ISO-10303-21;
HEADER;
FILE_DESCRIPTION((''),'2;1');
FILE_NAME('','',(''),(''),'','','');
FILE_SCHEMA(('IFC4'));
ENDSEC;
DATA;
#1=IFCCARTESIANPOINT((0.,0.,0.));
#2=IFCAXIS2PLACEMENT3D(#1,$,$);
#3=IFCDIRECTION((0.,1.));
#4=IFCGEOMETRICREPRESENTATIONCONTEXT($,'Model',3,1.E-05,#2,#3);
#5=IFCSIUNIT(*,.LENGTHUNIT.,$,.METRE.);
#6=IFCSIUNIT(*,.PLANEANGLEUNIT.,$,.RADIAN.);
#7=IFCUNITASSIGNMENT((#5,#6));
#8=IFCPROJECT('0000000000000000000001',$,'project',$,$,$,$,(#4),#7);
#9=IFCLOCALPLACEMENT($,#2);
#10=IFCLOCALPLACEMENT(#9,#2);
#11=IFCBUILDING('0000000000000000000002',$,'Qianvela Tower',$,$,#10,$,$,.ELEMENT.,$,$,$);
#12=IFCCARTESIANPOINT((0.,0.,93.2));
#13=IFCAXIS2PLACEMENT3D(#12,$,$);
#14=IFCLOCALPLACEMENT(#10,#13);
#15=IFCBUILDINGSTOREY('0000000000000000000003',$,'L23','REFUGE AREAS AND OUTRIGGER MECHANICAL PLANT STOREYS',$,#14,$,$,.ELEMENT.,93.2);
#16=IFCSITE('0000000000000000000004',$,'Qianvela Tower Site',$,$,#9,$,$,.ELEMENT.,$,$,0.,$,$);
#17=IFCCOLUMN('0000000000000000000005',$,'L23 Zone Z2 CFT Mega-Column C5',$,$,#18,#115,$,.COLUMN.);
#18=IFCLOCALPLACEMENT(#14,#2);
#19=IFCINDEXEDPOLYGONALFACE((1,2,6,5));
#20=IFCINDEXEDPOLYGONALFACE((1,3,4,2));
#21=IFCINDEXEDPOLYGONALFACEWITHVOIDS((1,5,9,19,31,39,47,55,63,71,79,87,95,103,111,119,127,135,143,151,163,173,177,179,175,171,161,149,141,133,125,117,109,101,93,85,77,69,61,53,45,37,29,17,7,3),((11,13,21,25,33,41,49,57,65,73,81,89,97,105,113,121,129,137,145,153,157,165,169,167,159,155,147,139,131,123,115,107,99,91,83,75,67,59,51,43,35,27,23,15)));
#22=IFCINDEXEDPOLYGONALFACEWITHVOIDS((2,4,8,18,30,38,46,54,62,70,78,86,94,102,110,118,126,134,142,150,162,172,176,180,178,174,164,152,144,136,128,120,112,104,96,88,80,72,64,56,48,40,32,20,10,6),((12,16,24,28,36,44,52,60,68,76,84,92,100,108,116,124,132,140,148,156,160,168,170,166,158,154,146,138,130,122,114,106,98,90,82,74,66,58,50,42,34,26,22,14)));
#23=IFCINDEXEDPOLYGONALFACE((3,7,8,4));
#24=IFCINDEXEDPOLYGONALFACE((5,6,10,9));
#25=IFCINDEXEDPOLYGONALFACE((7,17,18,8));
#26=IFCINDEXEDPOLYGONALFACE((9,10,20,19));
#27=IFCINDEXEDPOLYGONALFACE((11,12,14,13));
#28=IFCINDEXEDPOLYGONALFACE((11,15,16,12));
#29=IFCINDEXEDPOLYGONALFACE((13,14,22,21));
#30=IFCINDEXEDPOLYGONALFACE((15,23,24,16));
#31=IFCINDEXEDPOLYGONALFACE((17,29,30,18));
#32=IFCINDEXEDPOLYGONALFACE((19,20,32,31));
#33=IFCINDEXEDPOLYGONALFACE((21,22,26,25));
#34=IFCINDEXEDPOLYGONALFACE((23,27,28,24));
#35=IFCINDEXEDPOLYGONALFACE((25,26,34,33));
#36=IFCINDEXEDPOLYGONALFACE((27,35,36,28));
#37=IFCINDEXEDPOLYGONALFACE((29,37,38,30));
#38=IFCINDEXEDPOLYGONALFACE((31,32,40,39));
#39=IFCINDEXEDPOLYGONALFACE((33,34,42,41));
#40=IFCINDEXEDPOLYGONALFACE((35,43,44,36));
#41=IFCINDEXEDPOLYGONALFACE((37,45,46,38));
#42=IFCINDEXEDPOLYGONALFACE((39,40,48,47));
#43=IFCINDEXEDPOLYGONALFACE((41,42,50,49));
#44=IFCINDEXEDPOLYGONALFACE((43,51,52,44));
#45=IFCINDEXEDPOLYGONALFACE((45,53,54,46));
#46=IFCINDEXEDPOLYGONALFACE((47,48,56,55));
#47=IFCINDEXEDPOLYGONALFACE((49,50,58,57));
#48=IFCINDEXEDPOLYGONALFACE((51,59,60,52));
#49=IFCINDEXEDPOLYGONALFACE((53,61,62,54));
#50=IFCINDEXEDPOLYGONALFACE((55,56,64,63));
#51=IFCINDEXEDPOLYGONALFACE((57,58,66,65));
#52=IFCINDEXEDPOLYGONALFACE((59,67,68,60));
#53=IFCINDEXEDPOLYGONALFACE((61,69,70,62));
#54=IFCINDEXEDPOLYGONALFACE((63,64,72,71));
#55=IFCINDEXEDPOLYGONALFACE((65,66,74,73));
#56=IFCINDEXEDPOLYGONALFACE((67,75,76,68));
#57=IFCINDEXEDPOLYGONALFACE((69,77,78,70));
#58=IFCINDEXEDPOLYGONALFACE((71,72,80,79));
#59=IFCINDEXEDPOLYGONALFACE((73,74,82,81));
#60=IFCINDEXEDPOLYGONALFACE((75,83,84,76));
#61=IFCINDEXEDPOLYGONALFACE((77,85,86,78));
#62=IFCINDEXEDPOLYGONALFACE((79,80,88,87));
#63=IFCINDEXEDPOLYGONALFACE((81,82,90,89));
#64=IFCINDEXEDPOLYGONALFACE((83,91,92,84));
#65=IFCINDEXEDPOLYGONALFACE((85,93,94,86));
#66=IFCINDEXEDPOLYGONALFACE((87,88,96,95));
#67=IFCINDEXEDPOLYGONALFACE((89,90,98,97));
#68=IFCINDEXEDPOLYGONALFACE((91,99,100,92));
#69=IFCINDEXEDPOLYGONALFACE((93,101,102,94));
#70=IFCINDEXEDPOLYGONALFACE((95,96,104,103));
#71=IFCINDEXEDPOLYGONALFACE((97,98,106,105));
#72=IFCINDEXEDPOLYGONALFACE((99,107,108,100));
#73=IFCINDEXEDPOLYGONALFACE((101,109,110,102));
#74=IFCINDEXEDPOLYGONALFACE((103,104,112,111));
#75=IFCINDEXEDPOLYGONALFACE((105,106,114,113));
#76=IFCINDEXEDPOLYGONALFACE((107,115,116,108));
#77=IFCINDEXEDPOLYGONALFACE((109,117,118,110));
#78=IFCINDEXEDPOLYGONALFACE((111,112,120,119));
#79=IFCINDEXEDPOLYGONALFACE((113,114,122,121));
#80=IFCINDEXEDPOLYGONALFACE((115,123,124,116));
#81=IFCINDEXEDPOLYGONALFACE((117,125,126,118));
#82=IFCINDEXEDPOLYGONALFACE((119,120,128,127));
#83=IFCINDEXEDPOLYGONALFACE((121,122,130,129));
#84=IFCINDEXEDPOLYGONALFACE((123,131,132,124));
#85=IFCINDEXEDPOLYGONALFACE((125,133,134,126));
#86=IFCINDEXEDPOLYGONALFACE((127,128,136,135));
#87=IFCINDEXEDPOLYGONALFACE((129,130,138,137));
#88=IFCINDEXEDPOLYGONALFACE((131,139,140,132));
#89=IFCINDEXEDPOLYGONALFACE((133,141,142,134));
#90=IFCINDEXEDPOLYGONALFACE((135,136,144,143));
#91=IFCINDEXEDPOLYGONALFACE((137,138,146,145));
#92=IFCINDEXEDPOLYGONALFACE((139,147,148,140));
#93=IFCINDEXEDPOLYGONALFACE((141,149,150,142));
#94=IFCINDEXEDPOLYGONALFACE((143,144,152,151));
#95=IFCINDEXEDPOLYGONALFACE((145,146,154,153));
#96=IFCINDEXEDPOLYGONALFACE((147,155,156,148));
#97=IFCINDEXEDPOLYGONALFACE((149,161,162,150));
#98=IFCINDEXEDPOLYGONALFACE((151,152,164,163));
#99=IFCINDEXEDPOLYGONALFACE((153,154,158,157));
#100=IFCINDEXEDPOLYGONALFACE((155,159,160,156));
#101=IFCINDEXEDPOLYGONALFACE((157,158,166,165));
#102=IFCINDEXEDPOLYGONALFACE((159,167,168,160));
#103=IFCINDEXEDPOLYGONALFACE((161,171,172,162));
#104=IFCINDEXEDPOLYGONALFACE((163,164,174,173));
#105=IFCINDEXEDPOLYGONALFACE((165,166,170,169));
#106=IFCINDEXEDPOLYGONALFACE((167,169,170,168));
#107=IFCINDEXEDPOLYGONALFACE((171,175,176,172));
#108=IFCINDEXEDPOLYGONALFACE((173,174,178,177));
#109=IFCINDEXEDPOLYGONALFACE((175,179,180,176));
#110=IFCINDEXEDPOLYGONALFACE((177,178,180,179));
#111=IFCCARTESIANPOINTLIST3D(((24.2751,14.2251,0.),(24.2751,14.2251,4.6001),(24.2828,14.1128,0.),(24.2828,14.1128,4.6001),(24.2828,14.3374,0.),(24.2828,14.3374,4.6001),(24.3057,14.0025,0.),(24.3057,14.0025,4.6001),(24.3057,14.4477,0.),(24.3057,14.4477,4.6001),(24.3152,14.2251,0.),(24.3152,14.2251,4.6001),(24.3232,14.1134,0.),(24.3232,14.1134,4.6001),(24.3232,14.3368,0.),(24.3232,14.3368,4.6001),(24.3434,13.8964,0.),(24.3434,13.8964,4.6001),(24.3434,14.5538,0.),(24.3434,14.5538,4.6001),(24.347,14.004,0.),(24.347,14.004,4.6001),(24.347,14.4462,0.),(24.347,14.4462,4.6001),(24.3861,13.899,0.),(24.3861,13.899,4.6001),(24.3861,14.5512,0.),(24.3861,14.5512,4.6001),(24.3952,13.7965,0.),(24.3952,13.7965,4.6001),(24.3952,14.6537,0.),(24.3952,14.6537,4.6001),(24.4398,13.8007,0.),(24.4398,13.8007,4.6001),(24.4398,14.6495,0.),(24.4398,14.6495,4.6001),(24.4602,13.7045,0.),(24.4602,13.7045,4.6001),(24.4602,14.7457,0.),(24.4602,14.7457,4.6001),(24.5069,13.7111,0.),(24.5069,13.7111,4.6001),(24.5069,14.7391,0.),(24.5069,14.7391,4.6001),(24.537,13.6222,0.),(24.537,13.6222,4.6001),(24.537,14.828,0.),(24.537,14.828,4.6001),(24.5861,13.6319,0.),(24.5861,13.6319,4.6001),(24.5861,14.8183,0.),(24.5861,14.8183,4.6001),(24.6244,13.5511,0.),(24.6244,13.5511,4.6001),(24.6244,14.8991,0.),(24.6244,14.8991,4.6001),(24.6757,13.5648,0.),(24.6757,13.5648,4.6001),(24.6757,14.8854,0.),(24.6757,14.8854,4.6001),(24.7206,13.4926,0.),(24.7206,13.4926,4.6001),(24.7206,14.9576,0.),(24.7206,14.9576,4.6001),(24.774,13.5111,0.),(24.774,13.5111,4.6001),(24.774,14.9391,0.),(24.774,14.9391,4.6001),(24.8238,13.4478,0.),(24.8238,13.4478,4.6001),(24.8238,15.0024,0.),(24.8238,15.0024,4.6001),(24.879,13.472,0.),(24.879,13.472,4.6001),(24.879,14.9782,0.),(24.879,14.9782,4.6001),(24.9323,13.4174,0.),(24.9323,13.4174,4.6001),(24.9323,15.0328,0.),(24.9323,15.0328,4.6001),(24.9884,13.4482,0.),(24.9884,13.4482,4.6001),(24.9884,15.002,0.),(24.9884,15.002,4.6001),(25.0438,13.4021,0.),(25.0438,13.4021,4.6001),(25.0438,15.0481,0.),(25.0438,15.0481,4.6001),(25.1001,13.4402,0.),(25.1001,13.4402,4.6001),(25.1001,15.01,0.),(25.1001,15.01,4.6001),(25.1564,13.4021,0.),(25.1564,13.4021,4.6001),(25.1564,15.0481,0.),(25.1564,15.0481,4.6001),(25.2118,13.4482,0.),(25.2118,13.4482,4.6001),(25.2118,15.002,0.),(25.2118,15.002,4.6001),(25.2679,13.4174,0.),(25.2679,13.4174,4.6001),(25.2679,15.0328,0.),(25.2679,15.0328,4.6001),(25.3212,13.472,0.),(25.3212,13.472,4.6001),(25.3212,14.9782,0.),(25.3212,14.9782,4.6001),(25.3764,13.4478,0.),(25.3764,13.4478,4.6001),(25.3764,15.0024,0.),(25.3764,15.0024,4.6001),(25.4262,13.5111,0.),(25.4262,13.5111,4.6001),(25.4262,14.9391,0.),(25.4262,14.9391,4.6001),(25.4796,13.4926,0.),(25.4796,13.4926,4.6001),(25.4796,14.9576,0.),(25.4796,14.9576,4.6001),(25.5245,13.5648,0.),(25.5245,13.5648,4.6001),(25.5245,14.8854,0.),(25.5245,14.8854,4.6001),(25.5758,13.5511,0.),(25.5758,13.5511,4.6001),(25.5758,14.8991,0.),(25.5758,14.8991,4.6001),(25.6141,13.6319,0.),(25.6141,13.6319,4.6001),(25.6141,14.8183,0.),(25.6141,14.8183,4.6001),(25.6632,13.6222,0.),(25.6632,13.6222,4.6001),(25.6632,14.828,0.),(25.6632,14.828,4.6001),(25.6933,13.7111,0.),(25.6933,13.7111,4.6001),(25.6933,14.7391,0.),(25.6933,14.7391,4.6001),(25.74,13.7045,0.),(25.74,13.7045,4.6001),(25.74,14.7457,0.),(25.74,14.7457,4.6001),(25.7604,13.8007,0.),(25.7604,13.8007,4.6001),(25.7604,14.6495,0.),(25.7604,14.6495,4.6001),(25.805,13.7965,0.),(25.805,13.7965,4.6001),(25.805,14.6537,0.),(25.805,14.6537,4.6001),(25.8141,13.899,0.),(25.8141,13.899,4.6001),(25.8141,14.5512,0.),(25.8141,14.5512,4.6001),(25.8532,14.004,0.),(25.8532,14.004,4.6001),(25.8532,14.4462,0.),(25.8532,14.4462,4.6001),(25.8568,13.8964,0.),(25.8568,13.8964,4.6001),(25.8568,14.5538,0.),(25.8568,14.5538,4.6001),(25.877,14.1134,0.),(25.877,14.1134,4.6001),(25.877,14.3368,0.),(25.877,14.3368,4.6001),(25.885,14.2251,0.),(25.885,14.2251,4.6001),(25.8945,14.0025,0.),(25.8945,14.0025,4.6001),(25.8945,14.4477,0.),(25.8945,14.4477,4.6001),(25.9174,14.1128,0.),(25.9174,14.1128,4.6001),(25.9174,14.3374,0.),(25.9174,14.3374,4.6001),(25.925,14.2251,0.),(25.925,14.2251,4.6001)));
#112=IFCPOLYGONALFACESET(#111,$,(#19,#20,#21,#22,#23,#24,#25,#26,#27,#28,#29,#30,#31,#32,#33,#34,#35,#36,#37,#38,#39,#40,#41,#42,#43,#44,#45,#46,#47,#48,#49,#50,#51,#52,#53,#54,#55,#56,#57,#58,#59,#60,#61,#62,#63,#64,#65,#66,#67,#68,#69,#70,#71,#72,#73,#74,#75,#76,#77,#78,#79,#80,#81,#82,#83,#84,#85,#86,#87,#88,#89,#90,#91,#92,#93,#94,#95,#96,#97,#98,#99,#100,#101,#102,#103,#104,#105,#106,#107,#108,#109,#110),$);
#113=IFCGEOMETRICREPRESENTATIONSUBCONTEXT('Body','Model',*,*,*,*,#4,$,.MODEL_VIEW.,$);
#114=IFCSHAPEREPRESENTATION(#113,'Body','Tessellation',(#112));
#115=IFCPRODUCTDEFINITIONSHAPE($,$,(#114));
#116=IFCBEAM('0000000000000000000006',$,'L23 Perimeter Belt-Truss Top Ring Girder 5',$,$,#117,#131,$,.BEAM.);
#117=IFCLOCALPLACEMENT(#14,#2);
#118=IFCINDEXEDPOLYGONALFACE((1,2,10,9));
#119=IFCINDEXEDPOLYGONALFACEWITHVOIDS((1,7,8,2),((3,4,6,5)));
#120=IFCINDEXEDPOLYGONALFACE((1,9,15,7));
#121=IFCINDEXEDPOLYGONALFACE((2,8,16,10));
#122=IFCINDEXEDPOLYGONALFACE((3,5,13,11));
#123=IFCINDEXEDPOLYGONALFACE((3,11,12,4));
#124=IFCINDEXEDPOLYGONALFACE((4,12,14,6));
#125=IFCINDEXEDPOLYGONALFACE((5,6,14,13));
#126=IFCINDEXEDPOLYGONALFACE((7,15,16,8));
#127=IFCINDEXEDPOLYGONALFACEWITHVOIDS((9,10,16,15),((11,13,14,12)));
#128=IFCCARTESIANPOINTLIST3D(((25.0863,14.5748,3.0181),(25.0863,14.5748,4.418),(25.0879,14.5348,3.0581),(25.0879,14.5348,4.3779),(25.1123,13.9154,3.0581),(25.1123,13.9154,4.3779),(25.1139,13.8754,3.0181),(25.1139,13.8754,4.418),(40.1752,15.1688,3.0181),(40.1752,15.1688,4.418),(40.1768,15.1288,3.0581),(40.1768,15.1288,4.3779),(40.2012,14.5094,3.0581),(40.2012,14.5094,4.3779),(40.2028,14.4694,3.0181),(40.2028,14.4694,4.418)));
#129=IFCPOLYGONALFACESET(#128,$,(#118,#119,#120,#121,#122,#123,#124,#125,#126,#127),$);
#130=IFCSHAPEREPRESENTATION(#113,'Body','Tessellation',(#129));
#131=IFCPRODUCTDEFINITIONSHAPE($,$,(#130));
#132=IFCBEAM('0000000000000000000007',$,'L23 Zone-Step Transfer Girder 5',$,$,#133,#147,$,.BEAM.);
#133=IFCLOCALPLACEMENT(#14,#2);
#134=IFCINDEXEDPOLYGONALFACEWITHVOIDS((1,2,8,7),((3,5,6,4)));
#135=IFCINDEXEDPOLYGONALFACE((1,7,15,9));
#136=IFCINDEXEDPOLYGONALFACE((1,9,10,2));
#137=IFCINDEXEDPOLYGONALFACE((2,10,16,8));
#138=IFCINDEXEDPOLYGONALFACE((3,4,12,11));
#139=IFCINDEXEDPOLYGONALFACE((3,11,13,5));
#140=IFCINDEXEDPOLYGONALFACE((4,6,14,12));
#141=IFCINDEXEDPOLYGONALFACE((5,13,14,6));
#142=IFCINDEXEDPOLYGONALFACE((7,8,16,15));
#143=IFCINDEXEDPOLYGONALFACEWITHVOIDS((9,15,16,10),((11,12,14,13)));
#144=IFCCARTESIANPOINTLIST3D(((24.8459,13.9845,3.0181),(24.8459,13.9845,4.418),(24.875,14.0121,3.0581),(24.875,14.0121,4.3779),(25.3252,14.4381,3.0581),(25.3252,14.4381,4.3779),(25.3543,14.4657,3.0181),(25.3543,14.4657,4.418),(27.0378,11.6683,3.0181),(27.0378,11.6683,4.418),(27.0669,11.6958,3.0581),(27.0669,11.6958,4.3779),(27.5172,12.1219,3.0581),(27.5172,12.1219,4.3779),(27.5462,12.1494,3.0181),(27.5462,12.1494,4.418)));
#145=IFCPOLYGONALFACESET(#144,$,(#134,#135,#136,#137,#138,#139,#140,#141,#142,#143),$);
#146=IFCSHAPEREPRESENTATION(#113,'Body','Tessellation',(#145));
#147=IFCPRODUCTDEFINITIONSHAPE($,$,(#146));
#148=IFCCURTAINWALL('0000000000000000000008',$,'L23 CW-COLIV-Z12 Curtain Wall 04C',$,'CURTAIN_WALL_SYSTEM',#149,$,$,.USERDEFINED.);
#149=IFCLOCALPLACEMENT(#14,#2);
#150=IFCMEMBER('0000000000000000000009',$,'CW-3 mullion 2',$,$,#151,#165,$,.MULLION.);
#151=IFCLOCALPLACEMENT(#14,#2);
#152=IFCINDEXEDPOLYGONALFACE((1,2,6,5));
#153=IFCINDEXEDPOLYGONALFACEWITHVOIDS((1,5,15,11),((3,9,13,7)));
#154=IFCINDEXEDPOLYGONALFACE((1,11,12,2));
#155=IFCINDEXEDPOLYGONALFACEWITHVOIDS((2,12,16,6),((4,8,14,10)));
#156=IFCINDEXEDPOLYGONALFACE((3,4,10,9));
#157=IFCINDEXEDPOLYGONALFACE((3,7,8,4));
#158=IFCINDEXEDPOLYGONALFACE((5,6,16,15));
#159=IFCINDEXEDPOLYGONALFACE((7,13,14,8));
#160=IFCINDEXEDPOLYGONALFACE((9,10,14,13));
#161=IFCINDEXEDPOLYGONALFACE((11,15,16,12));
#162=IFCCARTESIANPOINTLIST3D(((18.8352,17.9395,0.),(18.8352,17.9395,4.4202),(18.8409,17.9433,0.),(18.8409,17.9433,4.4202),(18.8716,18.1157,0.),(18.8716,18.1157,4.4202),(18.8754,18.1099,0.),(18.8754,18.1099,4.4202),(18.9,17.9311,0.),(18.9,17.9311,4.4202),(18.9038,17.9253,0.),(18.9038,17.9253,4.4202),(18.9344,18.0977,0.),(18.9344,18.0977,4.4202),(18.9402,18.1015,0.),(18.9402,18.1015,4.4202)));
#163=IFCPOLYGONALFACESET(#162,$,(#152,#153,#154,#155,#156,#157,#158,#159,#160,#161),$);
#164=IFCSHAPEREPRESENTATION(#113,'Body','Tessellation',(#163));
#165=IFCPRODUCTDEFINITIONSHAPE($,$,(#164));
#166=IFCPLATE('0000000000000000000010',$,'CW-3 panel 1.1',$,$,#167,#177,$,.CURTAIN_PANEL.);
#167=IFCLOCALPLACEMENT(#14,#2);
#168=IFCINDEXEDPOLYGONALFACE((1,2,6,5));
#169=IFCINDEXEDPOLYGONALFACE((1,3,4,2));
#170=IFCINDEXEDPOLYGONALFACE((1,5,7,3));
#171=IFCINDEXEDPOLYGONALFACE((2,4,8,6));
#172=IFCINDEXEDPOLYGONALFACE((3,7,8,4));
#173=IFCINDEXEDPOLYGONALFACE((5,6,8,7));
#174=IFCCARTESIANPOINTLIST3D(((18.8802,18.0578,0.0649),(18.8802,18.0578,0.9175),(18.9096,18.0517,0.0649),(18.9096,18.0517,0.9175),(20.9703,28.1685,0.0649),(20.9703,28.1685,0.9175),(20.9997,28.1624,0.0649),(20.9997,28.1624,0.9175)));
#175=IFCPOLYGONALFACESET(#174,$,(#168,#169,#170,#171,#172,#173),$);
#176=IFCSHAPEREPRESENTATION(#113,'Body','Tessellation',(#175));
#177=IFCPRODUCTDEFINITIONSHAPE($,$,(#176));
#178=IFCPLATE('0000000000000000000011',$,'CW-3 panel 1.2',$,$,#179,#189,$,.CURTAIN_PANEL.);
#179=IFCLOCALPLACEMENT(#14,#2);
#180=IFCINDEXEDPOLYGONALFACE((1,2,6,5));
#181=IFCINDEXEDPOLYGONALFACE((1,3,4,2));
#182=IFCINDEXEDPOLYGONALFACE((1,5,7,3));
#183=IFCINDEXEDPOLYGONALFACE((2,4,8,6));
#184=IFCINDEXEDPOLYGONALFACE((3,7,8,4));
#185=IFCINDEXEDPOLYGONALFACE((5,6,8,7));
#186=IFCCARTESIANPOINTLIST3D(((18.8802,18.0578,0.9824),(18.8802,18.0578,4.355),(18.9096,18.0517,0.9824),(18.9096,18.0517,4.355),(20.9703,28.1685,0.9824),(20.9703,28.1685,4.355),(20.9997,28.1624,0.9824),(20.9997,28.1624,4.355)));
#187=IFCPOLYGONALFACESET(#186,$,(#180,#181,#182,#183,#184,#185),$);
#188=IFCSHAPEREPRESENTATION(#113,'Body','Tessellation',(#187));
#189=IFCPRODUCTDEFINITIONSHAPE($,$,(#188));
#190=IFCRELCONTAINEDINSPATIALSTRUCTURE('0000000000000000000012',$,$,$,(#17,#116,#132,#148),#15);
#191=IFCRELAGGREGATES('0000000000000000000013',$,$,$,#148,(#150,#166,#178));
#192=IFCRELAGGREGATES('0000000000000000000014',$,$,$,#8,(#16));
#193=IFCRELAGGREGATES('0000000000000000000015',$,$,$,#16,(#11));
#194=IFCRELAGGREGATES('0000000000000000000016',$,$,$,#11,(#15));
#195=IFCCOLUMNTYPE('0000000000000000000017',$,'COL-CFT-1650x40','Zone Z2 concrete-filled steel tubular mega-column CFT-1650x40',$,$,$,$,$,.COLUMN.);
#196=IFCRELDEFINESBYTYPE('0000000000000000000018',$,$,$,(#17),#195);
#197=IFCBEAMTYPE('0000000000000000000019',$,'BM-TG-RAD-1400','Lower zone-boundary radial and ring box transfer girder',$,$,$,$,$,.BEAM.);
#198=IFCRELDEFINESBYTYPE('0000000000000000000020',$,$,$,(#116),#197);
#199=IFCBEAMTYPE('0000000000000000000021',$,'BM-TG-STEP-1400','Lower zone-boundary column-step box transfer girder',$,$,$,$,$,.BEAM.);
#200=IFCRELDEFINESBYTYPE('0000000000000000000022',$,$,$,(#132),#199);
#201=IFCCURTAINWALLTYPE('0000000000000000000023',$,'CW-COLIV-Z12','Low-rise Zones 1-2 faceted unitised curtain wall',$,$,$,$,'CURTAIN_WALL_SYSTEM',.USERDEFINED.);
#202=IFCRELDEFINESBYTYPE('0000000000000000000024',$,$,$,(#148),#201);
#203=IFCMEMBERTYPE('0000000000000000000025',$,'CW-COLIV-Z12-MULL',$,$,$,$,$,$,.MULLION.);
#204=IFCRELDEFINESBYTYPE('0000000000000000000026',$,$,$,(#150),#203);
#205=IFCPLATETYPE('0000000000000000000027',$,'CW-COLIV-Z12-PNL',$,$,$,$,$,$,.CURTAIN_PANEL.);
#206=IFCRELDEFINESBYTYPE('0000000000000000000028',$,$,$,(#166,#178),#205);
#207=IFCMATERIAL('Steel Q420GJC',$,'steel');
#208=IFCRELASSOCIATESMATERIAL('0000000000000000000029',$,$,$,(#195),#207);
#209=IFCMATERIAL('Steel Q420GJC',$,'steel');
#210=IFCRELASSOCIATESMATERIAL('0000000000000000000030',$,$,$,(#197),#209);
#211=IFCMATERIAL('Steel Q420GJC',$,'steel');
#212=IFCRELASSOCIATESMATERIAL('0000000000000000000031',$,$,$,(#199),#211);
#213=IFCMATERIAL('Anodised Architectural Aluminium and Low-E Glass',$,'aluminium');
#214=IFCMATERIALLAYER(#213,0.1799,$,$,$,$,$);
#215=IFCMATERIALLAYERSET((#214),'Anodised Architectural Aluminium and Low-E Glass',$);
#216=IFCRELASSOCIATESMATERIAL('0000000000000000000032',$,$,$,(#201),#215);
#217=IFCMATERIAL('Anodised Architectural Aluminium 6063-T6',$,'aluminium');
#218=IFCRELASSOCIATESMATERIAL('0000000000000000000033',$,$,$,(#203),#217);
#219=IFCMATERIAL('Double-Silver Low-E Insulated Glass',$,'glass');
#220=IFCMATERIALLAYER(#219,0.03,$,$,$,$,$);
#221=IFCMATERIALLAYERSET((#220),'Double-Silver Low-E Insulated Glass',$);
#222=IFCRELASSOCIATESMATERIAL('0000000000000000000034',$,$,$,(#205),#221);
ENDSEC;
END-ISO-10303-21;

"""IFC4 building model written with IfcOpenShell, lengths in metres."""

from ifc_helpers import new_model, si_unit, direction, frame, origin, origin_2d, place, context, subcontext, project, spatial, rectangle, hollow_rectangle, hollow_circle, extrude, material, layer, layer_set, material_profile, profile_set, type_object, element, aggregate, save


model = new_model("IFC4")

# Units and contexts
model_context = context("Model", 3, precision=1e-05, world=origin(), true_north=direction((0.0, 1.0)))
body_context = subcontext(model_context, "Body", "Model", "MODEL_VIEW")
ifc_project = project(units=[si_unit("LENGTHUNIT", "METRE"), si_unit("PLANEANGLEUNIT", "RADIAN")], contexts=[model_context])

# Site, building, storey
site_placement = place(None, origin())
site = spatial("IfcSite", under=ifc_project, at=site_placement, Name="Qianvela Tower Site", CompositionType="ELEMENT", RefElevation=0.0)
building_placement = place(site_placement, origin())
building = spatial("IfcBuilding", under=site, at=building_placement, Name="Qianvela Tower", CompositionType="ELEMENT")
storey_placement = place(building_placement, frame((0.0, 0.0, 93.2)))
storey = spatial("IfcBuildingStorey", under=building, at=storey_placement, Name="L23", Description="REFUGE AREAS AND OUTRIGGER MECHANICAL PLANT STOREYS", CompositionType="ELEMENT", Elevation=93.2)

# Column
ifc_material_1 = material(Name="Steel Q420GJC", Category="steel")
ifc_material_profile_1 = material_profile(ifc_material_1, hollow_circle(Radius=0.825, WallThickness=0.04, at=origin_2d()), Name="CFT-1650x40")
ifc_profile_set_1 = profile_set([ifc_material_profile_1], Name="Steel Q420GJC")
column_type = type_object("IfcColumnType", Name="COL-CFT-1650x40", Description="Zone Z2 concrete-filled steel tubular mega-column CFT-1650x40", PredefinedType="COLUMN", material=ifc_profile_set_1)
column_placement = place(storey_placement, frame((25.1001, 14.2251, 0.0), z_axis=(0.0, 0.0, 1.0), x_axis=(1.0, 0.0, 0.0)))
element("IfcColumn", 1, at=column_placement, inside=storey, type_object=column_type, Name="L23 Zone Z2 CFT Mega-Column C5", PredefinedType="COLUMN", context=body_context, shape_type="SweptSolid", body=[
    extrude(hollow_circle(Radius=0.825, WallThickness=0.04, at=origin_2d()), origin(), (0.0, 0.0, 1.0), 4.6001),
])

# Beams
ifc_material_2 = material(Name="Steel Q420GJC", Category="steel")
ifc_material_profile_2 = material_profile(ifc_material_2, hollow_rectangle(XDim=0.7, YDim=1.3999, WallThickness=0.04, at=origin_2d()), Name="TG-BOX-1400x700x40")
ifc_profile_set_2 = profile_set([ifc_material_profile_2], Name="Steel Q420GJC")
beam_type_1 = type_object("IfcBeamType", Name="BM-TG-RAD-1400", Description="Lower zone-boundary radial and ring box transfer girder", PredefinedType="BEAM", material=ifc_profile_set_2)
beam_1_placement = place(storey_placement, frame((25.1001, 14.2251, 3.718), z_axis=(0.999226, 0.039336, 0.0), x_axis=(-0.039336, 0.999226, 0.0)))
element("IfcBeam", 2, at=beam_1_placement, inside=storey, type_object=beam_type_1, Name="L23 Perimeter Belt-Truss Top Ring Girder 5", PredefinedType="BEAM", context=body_context, shape_type="SweptSolid", body=[
    extrude(hollow_rectangle(XDim=0.7, YDim=1.3999, WallThickness=0.04, at=origin_2d()), origin(), (0.0, 0.0, 1.0), 15.1006),
])
ifc_material_3 = material(Name="Steel Q420GJC", Category="steel")
ifc_material_profile_3 = material_profile(ifc_material_3, hollow_rectangle(XDim=0.7, YDim=1.3999, WallThickness=0.04, at=origin_2d()), Name="TG-BOX-1400x700x40")
ifc_profile_set_3 = profile_set([ifc_material_profile_3], Name="Steel Q420GJC")
beam_type_2 = type_object("IfcBeamType", Name="BM-TG-STEP-1400", Description="Lower zone-boundary column-step box transfer girder", PredefinedType="BEAM", material=ifc_profile_set_3)
beam_2_placement = place(storey_placement, frame((25.1001, 14.2251, 3.718), z_axis=(0.687354, -0.726323, 0.0), x_axis=(0.726323, 0.687354, 0.0)))
element("IfcBeam", 3, at=beam_2_placement, inside=storey, type_object=beam_type_2, Name="L23 Zone-Step Transfer Girder 5", PredefinedType="BEAM", context=body_context, shape_type="SweptSolid", body=[
    extrude(hollow_rectangle(XDim=0.7, YDim=1.3999, WallThickness=0.04, at=origin_2d()), origin(), (0.0, 0.0, 1.0), 3.189),
])

# Curtain wall, member, plates
ifc_material_4 = material(Name="Anodised Architectural Aluminium and Low-E Glass", Category="aluminium")
ifc_layer_1 = layer(ifc_material_4, 0.1799)
ifc_layer_set_1 = layer_set([ifc_layer_1], Name="Anodised Architectural Aluminium and Low-E Glass")
curtain_wall_type = type_object("IfcCurtainWallType", Name="CW-COLIV-Z12", Description="Low-rise Zones 1-2 faceted unitised curtain wall", ElementType="CURTAIN_WALL_SYSTEM", PredefinedType="USERDEFINED", material=ifc_layer_set_1)
curtain_wall_placement = place(storey_placement, origin())
curtain_wall = element("IfcCurtainWall", 4, at=curtain_wall_placement, inside=storey, type_object=curtain_wall_type, Name="L23 CW-COLIV-Z12 Curtain Wall 04C", ObjectType="CURTAIN_WALL_SYSTEM", PredefinedType="USERDEFINED")
ifc_material_5 = material(Name="Anodised Architectural Aluminium 6063-T6", Category="aluminium")
ifc_material_profile_4 = material_profile(ifc_material_5, hollow_rectangle(XDim=0.0701, YDim=0.1799, WallThickness=0.0049, at=origin_2d()), Name="ALU-MULL-70x180")
ifc_profile_set_4 = profile_set([ifc_material_profile_4], Name="Anodised Architectural Aluminium 6063-T6")
member_type = type_object("IfcMemberType", Name="CW-COLIV-Z12-MULL", PredefinedType="MULLION", material=ifc_profile_set_4)
member_placement = place(storey_placement, frame((18.8877, 18.0205, 0.0), z_axis=(0.0, 0.0, 1.0), x_axis=(0.979293, -0.202447, 0.0)))
member = element("IfcMember", 5, at=member_placement, type_object=member_type, Name="CW-3 mullion 2", PredefinedType="MULLION", context=body_context, shape_type="SweptSolid", body=[
    extrude(hollow_rectangle(XDim=0.0701, YDim=0.1799, WallThickness=0.0049, at=origin_2d()), origin(), (0.0, 0.0, 1.0), 4.4202),
])
ifc_material_6 = material(Name="Double-Silver Low-E Insulated Glass", Category="glass")
ifc_layer_2 = layer(ifc_material_6, 0.03)
ifc_layer_set_2 = layer_set([ifc_layer_2], Name="Double-Silver Low-E Insulated Glass")
plate_type_1 = type_object("IfcPlateType", Name="CW-COLIV-Z12-PNL", PredefinedType="CURTAIN_PANEL", material=ifc_layer_set_2)
plate_1_placement = place(storey_placement, frame((19.9399, 23.1101, 0.0649), z_axis=(0.0, 0.0, 1.0), x_axis=(-0.202447, -0.979293, 0.0)))
plate_1 = element("IfcPlate", 6, at=plate_1_placement, type_object=plate_type_1, Name="CW-3 panel 1.1", PredefinedType="CURTAIN_PANEL", context=body_context, shape_type="SweptSolid", body=[
    extrude(rectangle(XDim=10.3245, YDim=0.03, at=origin_2d()), origin(), (0.0, 0.0, 1.0), 0.8525),
])
plate_2_placement = place(storey_placement, frame((19.9399, 23.1101, 0.9824), z_axis=(0.0, 0.0, 1.0), x_axis=(-0.202447, -0.979293, 0.0)))
plate_2 = element("IfcPlate", 7, at=plate_2_placement, type_object=plate_type_1, Name="CW-3 panel 1.2", PredefinedType="CURTAIN_PANEL", context=body_context, shape_type="SweptSolid", body=[
    extrude(rectangle(XDim=10.3245, YDim=0.03, at=origin_2d()), origin(), (0.0, 0.0, 1.0), 3.3726),
])
aggregate(curtain_wall, [member, plate_1, plate_2])

save(model, "model.ifc")
